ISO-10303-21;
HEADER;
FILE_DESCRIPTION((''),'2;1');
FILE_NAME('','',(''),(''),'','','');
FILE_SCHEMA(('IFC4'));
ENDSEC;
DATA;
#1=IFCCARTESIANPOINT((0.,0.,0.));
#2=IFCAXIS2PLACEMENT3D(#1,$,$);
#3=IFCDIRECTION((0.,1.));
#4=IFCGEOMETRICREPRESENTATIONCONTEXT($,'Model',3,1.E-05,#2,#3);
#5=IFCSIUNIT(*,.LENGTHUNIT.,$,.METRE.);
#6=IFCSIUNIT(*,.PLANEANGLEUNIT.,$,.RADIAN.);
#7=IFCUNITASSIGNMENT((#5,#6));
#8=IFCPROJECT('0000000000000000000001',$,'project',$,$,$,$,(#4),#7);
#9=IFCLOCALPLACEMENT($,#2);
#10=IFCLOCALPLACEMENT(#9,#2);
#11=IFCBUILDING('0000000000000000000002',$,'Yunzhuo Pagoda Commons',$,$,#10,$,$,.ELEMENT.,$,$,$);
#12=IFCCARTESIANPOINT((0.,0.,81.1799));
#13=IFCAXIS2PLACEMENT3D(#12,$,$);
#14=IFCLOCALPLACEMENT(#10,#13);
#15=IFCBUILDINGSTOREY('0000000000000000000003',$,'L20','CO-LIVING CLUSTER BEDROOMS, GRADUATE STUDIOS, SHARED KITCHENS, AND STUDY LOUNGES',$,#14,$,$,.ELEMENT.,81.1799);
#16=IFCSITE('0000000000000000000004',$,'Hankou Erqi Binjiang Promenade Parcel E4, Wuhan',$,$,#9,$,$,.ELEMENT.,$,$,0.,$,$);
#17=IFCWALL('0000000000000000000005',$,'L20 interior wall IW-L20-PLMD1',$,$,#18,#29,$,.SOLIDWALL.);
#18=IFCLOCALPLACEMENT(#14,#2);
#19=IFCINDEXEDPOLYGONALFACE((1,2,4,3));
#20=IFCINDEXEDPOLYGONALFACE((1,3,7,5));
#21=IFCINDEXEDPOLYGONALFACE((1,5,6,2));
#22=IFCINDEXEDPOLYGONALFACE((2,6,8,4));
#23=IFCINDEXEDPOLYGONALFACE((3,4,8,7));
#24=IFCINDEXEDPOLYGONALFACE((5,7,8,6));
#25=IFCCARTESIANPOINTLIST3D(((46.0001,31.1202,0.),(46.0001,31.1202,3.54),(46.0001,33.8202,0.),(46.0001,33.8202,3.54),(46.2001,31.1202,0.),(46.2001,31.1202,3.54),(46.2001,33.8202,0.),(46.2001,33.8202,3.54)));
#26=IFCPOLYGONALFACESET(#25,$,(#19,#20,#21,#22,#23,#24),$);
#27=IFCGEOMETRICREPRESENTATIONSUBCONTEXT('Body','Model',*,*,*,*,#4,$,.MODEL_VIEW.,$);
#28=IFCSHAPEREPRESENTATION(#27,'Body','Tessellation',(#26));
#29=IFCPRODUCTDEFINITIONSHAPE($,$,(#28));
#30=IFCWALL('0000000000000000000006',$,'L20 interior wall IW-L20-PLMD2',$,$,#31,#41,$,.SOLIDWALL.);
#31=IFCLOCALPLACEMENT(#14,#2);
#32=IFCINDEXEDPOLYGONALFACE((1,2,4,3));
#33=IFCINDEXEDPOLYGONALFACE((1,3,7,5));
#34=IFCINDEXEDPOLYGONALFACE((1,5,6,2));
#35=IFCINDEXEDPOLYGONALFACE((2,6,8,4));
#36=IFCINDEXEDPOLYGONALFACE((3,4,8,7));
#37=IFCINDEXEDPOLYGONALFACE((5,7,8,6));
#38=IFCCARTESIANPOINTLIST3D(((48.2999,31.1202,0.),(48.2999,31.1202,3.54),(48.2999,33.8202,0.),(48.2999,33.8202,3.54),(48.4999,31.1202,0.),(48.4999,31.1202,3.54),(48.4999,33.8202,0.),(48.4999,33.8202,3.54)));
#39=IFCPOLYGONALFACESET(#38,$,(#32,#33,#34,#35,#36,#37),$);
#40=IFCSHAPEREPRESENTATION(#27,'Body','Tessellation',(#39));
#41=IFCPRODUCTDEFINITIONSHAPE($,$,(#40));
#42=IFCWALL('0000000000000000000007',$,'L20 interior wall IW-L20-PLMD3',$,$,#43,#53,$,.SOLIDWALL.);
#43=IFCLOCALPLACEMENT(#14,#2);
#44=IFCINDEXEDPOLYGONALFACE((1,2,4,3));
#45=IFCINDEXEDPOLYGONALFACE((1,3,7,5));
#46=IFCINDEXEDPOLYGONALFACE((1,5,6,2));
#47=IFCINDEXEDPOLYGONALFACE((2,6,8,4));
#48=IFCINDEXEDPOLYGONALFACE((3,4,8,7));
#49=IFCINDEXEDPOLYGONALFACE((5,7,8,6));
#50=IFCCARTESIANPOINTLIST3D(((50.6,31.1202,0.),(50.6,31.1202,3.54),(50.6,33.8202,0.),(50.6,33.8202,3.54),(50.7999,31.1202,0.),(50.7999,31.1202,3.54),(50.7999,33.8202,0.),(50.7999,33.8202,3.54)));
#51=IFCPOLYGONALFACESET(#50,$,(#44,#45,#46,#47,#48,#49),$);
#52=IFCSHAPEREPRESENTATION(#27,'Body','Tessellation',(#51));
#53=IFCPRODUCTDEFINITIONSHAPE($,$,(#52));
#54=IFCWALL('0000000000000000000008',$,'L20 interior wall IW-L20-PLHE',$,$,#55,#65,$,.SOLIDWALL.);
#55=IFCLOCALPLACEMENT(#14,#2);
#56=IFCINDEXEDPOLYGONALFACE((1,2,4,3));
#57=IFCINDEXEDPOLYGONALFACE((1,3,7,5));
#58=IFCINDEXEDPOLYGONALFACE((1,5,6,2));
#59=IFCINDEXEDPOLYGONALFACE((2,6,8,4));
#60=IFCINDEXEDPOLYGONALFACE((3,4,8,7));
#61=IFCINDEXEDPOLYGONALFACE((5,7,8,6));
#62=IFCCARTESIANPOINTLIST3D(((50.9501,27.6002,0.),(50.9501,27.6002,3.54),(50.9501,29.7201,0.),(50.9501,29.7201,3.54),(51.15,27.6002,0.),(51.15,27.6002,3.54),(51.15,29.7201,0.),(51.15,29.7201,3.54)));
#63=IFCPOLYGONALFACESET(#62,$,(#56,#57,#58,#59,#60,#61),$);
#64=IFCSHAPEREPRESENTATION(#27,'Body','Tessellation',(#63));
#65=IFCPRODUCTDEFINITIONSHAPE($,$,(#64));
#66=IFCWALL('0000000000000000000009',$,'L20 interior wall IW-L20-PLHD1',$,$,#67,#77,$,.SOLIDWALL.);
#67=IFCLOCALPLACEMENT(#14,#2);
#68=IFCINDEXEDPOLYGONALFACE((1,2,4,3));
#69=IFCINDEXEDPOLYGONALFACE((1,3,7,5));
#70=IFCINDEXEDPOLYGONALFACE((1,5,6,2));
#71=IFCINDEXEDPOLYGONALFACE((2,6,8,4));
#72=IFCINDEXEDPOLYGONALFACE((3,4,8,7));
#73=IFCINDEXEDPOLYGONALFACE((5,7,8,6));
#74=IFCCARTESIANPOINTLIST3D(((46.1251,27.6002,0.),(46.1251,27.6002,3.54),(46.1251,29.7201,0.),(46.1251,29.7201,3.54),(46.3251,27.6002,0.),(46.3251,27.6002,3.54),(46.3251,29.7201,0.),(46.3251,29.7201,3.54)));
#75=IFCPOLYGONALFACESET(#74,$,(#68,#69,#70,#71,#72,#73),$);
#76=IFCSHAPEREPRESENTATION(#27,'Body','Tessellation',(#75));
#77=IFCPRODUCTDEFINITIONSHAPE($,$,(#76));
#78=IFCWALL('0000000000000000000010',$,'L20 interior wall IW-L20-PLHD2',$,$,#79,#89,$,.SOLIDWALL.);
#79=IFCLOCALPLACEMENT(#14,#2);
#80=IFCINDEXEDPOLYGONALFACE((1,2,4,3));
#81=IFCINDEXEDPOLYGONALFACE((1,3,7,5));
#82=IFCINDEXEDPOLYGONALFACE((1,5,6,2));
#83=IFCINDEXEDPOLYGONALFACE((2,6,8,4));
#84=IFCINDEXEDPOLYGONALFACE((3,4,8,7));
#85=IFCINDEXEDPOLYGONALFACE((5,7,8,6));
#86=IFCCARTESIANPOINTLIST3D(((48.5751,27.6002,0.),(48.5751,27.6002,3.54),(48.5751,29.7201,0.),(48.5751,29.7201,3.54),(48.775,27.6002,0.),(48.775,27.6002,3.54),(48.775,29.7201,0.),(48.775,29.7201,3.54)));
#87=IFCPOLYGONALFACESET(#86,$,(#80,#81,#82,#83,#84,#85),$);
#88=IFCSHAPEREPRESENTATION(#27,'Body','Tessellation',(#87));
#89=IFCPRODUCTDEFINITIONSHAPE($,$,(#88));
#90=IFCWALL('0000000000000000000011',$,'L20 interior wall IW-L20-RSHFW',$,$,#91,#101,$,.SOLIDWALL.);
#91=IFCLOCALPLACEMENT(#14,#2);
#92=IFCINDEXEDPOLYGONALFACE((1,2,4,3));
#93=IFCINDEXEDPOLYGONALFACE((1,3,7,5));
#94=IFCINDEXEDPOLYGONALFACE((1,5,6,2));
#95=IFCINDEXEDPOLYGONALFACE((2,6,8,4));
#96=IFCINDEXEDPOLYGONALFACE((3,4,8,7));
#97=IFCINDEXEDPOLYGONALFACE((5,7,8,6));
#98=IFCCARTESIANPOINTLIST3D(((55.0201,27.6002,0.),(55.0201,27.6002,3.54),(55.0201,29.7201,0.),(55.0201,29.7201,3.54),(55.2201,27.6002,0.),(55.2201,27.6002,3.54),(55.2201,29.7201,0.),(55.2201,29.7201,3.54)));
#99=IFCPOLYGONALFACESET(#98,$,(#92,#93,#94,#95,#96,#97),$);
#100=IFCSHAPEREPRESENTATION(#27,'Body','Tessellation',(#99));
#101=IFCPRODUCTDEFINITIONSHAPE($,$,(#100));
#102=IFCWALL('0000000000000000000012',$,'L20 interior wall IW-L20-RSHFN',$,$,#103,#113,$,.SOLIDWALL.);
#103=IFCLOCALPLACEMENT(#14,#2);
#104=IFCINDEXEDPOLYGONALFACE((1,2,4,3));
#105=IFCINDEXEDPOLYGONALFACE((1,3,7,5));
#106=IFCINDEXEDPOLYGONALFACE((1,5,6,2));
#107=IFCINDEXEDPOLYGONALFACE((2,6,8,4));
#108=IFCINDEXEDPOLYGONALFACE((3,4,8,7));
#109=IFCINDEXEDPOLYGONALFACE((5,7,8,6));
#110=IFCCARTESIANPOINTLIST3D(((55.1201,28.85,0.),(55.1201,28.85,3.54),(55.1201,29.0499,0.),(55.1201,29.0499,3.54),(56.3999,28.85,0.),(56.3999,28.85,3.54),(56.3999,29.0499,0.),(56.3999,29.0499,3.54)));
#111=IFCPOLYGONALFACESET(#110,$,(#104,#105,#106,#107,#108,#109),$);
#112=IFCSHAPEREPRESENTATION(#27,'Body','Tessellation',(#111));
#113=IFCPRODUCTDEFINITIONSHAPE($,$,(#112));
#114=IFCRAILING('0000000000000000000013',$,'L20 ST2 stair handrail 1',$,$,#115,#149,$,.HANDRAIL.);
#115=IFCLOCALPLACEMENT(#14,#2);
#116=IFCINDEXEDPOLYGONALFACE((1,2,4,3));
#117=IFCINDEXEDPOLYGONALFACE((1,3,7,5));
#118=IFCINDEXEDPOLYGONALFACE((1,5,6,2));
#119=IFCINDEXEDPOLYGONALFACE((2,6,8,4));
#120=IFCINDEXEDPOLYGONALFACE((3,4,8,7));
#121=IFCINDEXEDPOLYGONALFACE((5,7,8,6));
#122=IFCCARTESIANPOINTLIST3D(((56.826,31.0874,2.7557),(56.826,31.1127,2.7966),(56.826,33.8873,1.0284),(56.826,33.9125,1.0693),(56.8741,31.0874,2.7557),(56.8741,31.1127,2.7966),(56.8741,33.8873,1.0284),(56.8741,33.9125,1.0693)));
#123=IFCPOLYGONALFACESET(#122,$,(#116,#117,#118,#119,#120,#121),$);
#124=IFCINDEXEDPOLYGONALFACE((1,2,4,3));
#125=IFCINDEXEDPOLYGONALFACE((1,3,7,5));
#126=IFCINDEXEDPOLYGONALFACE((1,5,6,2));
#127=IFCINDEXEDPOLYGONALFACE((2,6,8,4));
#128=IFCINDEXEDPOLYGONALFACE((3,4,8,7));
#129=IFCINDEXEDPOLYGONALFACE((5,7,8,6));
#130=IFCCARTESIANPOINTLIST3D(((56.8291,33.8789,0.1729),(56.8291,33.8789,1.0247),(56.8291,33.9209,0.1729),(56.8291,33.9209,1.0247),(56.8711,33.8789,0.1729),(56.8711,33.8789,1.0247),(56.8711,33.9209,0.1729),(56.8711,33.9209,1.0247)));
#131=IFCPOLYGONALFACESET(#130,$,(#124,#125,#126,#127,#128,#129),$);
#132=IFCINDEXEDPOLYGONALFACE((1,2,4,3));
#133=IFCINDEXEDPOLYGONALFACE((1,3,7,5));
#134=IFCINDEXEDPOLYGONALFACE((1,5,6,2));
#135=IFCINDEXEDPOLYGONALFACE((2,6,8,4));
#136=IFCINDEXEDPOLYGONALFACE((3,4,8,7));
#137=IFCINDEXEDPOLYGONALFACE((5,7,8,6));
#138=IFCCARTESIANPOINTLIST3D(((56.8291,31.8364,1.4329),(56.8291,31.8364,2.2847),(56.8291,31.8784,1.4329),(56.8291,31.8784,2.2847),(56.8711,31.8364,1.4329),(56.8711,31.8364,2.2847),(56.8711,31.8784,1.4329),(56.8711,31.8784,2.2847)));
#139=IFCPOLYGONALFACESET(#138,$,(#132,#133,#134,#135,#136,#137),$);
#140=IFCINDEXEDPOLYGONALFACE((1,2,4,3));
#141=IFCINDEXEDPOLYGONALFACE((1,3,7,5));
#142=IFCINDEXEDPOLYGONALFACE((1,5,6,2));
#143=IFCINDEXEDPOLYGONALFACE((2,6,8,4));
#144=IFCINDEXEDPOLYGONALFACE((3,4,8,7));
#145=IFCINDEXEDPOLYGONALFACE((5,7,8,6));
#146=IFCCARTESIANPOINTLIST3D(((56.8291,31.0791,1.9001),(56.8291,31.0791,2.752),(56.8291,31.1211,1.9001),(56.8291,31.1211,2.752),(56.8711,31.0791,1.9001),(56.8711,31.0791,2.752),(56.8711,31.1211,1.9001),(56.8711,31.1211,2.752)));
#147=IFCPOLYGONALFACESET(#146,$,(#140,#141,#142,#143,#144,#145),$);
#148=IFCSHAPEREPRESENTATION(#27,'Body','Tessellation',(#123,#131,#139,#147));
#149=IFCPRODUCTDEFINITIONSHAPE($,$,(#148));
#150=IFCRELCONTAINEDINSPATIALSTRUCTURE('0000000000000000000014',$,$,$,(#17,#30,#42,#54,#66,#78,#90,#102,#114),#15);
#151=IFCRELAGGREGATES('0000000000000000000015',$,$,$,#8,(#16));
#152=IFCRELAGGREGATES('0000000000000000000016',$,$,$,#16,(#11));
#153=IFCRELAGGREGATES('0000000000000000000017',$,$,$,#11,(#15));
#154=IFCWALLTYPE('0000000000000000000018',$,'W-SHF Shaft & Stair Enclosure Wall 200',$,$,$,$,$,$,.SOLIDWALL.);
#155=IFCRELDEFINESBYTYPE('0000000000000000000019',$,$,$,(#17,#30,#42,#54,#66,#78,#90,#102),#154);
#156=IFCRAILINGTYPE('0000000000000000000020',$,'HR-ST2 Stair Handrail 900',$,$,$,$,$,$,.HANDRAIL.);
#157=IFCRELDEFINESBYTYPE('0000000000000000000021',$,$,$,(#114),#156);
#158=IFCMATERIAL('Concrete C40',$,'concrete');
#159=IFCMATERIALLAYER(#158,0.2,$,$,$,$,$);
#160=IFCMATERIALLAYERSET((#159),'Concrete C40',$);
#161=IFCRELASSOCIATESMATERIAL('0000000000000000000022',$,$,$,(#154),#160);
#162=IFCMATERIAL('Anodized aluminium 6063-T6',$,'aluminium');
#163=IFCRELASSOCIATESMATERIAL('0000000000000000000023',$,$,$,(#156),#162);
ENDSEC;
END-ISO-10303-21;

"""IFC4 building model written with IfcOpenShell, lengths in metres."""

from ifc_helpers import new_model, si_unit, direction, frame, frame_2d, origin, origin_2d, place, context, subcontext, project, spatial, rectangle, extrude, material, layer, layer_set, type_object, element, save


model = new_model("IFC4")

# Units and contexts
model_context = context("Model", 3, precision=1e-05, world=origin(), true_north=direction((0.0, 1.0)))
body_context = subcontext(model_context, "Body", "Model", "MODEL_VIEW")
ifc_project = project(units=[si_unit("LENGTHUNIT", "METRE"), si_unit("PLANEANGLEUNIT", "RADIAN")], contexts=[model_context])

# Site, building, storey
site_placement = place(None, origin())
site = spatial("IfcSite", under=ifc_project, at=site_placement, Name="Hankou Erqi Binjiang Promenade Parcel E4, Wuhan", CompositionType="ELEMENT", RefElevation=0.0)
building_placement = place(site_placement, origin())
building = spatial("IfcBuilding", under=site, at=building_placement, Name="Yunzhuo Pagoda Commons", CompositionType="ELEMENT")
storey_placement = place(building_placement, frame((0.0, 0.0, 81.1799)))
storey = spatial("IfcBuildingStorey", under=building, at=storey_placement, Name="L20", Description="CO-LIVING CLUSTER BEDROOMS, GRADUATE STUDIOS, SHARED KITCHENS, AND STUDY LOUNGES", CompositionType="ELEMENT", Elevation=81.1799)

# Shared definitions
ifc_material_1 = material(Name="Concrete C40", Category="concrete")
ifc_layer_1 = layer(ifc_material_1, 0.2)
ifc_layer_set_1 = layer_set([ifc_layer_1], Name="Concrete C40")
wall_type_1 = type_object("IfcWallType", Name="W-SHF Shaft & Stair Enclosure Wall 200", PredefinedType="SOLIDWALL", material=ifc_layer_set_1)

# Walls
for number, where, z_axis, x_axis, name in (
    (1, (46.1001, 31.1201, 0.0), (0.0, 0.0, 1.0), (0.0, 1.0, 0.0), "L20 interior wall IW-L20-PLMD1"),
    (2, (48.3999, 31.1201, 0.0), (0.0, 0.0, 1.0), (0.0, 1.0, 0.0), "L20 interior wall IW-L20-PLMD2"),
    (3, (50.7, 31.1201, 0.0), (0.0, 0.0, 1.0), (0.0, 1.0, 0.0), "L20 interior wall IW-L20-PLMD3"),
):
    element("IfcWall", number, at=place(storey_placement, frame(where, z_axis=z_axis, x_axis=x_axis)), inside=storey, type_object=wall_type_1, Name=name, PredefinedType="SOLIDWALL", context=body_context, shape_type="SweptSolid", body=[
        extrude(rectangle(XDim=2.7, YDim=0.2, at=frame_2d((1.3501, 0.0))), origin(), (0.0, 0.0, 1.0), 3.54),
    ])
for number, where, z_axis, x_axis, name in (
    (4, (51.05, 27.6001, 0.0), (0.0, 0.0, 1.0), (0.0, 1.0, 0.0), "L20 interior wall IW-L20-PLHE"),
    (5, (46.2251, 27.6001, 0.0), (0.0, 0.0, 1.0), (0.0, 1.0, 0.0), "L20 interior wall IW-L20-PLHD1"),
    (6, (48.675, 27.6001, 0.0), (0.0, 0.0, 1.0), (0.0, 1.0, 0.0), "L20 interior wall IW-L20-PLHD2"),
    (7, (55.1201, 27.6001, 0.0), (0.0, 0.0, 1.0), (0.0, 1.0, 0.0), "L20 interior wall IW-L20-RSHFW"),
):
    element("IfcWall", number, at=place(storey_placement, frame(where, z_axis=z_axis, x_axis=x_axis)), inside=storey, type_object=wall_type_1, Name=name, PredefinedType="SOLIDWALL", context=body_context, shape_type="SweptSolid", body=[
        extrude(rectangle(XDim=2.1199, YDim=0.2, at=frame_2d((1.0601, 0.0))), origin(), (0.0, 0.0, 1.0), 3.54),
    ])
wall_1_placement = place(storey_placement, frame((55.1201, 28.95, 0.0), z_axis=(0.0, 0.0, 1.0), x_axis=(1.0, 0.0, 0.0)))
element("IfcWall", 8, at=wall_1_placement, inside=storey, type_object=wall_type_1, Name="L20 interior wall IW-L20-RSHFN", PredefinedType="SOLIDWALL", context=body_context, shape_type="SweptSolid", body=[
    extrude(rectangle(XDim=1.2798, YDim=0.2, at=frame_2d((0.6399, 0.0))), origin(), (0.0, 0.0, 1.0), 3.54),
])

# Railing
ifc_material_2 = material(Name="Anodized aluminium 6063-T6", Category="aluminium")
railing_type = type_object("IfcRailingType", Name="HR-ST2 Stair Handrail 900", PredefinedType="HANDRAIL", material=ifc_material_2)
railing_placement = place(storey_placement, frame((56.8501, 33.8999, 0.1729)))
element("IfcRailing", 9, at=railing_placement, inside=storey, type_object=railing_type, Name="L20 ST2 stair handrail 1", PredefinedType="HANDRAIL", context=body_context, shape_type="SweptSolid", body=[
    extrude(rectangle(XDim=0.0481, YDim=0.0481, at=origin_2d()), frame((0.0, 0.0, 0.876), z_axis=(0.0, -0.851069, 0.525054), x_axis=(1.0, 0.0, 0.0)), (0.0, 0.0, 1.0), 3.2898),
    extrude(rectangle(XDim=0.042, YDim=0.042, at=origin_2d()), origin(), (0.0, 0.0, 1.0), 0.8518),
    extrude(rectangle(XDim=0.042, YDim=0.042, at=origin_2d()), frame((0.0, -2.0425, 1.26)), (0.0, 0.0, 1.0), 0.8518),
    extrude(rectangle(XDim=0.042, YDim=0.042, at=origin_2d()), frame((0.0, -2.7998, 1.7273)), (0.0, 0.0, 1.0), 0.8518),
])

save(model, "model.ifc")
